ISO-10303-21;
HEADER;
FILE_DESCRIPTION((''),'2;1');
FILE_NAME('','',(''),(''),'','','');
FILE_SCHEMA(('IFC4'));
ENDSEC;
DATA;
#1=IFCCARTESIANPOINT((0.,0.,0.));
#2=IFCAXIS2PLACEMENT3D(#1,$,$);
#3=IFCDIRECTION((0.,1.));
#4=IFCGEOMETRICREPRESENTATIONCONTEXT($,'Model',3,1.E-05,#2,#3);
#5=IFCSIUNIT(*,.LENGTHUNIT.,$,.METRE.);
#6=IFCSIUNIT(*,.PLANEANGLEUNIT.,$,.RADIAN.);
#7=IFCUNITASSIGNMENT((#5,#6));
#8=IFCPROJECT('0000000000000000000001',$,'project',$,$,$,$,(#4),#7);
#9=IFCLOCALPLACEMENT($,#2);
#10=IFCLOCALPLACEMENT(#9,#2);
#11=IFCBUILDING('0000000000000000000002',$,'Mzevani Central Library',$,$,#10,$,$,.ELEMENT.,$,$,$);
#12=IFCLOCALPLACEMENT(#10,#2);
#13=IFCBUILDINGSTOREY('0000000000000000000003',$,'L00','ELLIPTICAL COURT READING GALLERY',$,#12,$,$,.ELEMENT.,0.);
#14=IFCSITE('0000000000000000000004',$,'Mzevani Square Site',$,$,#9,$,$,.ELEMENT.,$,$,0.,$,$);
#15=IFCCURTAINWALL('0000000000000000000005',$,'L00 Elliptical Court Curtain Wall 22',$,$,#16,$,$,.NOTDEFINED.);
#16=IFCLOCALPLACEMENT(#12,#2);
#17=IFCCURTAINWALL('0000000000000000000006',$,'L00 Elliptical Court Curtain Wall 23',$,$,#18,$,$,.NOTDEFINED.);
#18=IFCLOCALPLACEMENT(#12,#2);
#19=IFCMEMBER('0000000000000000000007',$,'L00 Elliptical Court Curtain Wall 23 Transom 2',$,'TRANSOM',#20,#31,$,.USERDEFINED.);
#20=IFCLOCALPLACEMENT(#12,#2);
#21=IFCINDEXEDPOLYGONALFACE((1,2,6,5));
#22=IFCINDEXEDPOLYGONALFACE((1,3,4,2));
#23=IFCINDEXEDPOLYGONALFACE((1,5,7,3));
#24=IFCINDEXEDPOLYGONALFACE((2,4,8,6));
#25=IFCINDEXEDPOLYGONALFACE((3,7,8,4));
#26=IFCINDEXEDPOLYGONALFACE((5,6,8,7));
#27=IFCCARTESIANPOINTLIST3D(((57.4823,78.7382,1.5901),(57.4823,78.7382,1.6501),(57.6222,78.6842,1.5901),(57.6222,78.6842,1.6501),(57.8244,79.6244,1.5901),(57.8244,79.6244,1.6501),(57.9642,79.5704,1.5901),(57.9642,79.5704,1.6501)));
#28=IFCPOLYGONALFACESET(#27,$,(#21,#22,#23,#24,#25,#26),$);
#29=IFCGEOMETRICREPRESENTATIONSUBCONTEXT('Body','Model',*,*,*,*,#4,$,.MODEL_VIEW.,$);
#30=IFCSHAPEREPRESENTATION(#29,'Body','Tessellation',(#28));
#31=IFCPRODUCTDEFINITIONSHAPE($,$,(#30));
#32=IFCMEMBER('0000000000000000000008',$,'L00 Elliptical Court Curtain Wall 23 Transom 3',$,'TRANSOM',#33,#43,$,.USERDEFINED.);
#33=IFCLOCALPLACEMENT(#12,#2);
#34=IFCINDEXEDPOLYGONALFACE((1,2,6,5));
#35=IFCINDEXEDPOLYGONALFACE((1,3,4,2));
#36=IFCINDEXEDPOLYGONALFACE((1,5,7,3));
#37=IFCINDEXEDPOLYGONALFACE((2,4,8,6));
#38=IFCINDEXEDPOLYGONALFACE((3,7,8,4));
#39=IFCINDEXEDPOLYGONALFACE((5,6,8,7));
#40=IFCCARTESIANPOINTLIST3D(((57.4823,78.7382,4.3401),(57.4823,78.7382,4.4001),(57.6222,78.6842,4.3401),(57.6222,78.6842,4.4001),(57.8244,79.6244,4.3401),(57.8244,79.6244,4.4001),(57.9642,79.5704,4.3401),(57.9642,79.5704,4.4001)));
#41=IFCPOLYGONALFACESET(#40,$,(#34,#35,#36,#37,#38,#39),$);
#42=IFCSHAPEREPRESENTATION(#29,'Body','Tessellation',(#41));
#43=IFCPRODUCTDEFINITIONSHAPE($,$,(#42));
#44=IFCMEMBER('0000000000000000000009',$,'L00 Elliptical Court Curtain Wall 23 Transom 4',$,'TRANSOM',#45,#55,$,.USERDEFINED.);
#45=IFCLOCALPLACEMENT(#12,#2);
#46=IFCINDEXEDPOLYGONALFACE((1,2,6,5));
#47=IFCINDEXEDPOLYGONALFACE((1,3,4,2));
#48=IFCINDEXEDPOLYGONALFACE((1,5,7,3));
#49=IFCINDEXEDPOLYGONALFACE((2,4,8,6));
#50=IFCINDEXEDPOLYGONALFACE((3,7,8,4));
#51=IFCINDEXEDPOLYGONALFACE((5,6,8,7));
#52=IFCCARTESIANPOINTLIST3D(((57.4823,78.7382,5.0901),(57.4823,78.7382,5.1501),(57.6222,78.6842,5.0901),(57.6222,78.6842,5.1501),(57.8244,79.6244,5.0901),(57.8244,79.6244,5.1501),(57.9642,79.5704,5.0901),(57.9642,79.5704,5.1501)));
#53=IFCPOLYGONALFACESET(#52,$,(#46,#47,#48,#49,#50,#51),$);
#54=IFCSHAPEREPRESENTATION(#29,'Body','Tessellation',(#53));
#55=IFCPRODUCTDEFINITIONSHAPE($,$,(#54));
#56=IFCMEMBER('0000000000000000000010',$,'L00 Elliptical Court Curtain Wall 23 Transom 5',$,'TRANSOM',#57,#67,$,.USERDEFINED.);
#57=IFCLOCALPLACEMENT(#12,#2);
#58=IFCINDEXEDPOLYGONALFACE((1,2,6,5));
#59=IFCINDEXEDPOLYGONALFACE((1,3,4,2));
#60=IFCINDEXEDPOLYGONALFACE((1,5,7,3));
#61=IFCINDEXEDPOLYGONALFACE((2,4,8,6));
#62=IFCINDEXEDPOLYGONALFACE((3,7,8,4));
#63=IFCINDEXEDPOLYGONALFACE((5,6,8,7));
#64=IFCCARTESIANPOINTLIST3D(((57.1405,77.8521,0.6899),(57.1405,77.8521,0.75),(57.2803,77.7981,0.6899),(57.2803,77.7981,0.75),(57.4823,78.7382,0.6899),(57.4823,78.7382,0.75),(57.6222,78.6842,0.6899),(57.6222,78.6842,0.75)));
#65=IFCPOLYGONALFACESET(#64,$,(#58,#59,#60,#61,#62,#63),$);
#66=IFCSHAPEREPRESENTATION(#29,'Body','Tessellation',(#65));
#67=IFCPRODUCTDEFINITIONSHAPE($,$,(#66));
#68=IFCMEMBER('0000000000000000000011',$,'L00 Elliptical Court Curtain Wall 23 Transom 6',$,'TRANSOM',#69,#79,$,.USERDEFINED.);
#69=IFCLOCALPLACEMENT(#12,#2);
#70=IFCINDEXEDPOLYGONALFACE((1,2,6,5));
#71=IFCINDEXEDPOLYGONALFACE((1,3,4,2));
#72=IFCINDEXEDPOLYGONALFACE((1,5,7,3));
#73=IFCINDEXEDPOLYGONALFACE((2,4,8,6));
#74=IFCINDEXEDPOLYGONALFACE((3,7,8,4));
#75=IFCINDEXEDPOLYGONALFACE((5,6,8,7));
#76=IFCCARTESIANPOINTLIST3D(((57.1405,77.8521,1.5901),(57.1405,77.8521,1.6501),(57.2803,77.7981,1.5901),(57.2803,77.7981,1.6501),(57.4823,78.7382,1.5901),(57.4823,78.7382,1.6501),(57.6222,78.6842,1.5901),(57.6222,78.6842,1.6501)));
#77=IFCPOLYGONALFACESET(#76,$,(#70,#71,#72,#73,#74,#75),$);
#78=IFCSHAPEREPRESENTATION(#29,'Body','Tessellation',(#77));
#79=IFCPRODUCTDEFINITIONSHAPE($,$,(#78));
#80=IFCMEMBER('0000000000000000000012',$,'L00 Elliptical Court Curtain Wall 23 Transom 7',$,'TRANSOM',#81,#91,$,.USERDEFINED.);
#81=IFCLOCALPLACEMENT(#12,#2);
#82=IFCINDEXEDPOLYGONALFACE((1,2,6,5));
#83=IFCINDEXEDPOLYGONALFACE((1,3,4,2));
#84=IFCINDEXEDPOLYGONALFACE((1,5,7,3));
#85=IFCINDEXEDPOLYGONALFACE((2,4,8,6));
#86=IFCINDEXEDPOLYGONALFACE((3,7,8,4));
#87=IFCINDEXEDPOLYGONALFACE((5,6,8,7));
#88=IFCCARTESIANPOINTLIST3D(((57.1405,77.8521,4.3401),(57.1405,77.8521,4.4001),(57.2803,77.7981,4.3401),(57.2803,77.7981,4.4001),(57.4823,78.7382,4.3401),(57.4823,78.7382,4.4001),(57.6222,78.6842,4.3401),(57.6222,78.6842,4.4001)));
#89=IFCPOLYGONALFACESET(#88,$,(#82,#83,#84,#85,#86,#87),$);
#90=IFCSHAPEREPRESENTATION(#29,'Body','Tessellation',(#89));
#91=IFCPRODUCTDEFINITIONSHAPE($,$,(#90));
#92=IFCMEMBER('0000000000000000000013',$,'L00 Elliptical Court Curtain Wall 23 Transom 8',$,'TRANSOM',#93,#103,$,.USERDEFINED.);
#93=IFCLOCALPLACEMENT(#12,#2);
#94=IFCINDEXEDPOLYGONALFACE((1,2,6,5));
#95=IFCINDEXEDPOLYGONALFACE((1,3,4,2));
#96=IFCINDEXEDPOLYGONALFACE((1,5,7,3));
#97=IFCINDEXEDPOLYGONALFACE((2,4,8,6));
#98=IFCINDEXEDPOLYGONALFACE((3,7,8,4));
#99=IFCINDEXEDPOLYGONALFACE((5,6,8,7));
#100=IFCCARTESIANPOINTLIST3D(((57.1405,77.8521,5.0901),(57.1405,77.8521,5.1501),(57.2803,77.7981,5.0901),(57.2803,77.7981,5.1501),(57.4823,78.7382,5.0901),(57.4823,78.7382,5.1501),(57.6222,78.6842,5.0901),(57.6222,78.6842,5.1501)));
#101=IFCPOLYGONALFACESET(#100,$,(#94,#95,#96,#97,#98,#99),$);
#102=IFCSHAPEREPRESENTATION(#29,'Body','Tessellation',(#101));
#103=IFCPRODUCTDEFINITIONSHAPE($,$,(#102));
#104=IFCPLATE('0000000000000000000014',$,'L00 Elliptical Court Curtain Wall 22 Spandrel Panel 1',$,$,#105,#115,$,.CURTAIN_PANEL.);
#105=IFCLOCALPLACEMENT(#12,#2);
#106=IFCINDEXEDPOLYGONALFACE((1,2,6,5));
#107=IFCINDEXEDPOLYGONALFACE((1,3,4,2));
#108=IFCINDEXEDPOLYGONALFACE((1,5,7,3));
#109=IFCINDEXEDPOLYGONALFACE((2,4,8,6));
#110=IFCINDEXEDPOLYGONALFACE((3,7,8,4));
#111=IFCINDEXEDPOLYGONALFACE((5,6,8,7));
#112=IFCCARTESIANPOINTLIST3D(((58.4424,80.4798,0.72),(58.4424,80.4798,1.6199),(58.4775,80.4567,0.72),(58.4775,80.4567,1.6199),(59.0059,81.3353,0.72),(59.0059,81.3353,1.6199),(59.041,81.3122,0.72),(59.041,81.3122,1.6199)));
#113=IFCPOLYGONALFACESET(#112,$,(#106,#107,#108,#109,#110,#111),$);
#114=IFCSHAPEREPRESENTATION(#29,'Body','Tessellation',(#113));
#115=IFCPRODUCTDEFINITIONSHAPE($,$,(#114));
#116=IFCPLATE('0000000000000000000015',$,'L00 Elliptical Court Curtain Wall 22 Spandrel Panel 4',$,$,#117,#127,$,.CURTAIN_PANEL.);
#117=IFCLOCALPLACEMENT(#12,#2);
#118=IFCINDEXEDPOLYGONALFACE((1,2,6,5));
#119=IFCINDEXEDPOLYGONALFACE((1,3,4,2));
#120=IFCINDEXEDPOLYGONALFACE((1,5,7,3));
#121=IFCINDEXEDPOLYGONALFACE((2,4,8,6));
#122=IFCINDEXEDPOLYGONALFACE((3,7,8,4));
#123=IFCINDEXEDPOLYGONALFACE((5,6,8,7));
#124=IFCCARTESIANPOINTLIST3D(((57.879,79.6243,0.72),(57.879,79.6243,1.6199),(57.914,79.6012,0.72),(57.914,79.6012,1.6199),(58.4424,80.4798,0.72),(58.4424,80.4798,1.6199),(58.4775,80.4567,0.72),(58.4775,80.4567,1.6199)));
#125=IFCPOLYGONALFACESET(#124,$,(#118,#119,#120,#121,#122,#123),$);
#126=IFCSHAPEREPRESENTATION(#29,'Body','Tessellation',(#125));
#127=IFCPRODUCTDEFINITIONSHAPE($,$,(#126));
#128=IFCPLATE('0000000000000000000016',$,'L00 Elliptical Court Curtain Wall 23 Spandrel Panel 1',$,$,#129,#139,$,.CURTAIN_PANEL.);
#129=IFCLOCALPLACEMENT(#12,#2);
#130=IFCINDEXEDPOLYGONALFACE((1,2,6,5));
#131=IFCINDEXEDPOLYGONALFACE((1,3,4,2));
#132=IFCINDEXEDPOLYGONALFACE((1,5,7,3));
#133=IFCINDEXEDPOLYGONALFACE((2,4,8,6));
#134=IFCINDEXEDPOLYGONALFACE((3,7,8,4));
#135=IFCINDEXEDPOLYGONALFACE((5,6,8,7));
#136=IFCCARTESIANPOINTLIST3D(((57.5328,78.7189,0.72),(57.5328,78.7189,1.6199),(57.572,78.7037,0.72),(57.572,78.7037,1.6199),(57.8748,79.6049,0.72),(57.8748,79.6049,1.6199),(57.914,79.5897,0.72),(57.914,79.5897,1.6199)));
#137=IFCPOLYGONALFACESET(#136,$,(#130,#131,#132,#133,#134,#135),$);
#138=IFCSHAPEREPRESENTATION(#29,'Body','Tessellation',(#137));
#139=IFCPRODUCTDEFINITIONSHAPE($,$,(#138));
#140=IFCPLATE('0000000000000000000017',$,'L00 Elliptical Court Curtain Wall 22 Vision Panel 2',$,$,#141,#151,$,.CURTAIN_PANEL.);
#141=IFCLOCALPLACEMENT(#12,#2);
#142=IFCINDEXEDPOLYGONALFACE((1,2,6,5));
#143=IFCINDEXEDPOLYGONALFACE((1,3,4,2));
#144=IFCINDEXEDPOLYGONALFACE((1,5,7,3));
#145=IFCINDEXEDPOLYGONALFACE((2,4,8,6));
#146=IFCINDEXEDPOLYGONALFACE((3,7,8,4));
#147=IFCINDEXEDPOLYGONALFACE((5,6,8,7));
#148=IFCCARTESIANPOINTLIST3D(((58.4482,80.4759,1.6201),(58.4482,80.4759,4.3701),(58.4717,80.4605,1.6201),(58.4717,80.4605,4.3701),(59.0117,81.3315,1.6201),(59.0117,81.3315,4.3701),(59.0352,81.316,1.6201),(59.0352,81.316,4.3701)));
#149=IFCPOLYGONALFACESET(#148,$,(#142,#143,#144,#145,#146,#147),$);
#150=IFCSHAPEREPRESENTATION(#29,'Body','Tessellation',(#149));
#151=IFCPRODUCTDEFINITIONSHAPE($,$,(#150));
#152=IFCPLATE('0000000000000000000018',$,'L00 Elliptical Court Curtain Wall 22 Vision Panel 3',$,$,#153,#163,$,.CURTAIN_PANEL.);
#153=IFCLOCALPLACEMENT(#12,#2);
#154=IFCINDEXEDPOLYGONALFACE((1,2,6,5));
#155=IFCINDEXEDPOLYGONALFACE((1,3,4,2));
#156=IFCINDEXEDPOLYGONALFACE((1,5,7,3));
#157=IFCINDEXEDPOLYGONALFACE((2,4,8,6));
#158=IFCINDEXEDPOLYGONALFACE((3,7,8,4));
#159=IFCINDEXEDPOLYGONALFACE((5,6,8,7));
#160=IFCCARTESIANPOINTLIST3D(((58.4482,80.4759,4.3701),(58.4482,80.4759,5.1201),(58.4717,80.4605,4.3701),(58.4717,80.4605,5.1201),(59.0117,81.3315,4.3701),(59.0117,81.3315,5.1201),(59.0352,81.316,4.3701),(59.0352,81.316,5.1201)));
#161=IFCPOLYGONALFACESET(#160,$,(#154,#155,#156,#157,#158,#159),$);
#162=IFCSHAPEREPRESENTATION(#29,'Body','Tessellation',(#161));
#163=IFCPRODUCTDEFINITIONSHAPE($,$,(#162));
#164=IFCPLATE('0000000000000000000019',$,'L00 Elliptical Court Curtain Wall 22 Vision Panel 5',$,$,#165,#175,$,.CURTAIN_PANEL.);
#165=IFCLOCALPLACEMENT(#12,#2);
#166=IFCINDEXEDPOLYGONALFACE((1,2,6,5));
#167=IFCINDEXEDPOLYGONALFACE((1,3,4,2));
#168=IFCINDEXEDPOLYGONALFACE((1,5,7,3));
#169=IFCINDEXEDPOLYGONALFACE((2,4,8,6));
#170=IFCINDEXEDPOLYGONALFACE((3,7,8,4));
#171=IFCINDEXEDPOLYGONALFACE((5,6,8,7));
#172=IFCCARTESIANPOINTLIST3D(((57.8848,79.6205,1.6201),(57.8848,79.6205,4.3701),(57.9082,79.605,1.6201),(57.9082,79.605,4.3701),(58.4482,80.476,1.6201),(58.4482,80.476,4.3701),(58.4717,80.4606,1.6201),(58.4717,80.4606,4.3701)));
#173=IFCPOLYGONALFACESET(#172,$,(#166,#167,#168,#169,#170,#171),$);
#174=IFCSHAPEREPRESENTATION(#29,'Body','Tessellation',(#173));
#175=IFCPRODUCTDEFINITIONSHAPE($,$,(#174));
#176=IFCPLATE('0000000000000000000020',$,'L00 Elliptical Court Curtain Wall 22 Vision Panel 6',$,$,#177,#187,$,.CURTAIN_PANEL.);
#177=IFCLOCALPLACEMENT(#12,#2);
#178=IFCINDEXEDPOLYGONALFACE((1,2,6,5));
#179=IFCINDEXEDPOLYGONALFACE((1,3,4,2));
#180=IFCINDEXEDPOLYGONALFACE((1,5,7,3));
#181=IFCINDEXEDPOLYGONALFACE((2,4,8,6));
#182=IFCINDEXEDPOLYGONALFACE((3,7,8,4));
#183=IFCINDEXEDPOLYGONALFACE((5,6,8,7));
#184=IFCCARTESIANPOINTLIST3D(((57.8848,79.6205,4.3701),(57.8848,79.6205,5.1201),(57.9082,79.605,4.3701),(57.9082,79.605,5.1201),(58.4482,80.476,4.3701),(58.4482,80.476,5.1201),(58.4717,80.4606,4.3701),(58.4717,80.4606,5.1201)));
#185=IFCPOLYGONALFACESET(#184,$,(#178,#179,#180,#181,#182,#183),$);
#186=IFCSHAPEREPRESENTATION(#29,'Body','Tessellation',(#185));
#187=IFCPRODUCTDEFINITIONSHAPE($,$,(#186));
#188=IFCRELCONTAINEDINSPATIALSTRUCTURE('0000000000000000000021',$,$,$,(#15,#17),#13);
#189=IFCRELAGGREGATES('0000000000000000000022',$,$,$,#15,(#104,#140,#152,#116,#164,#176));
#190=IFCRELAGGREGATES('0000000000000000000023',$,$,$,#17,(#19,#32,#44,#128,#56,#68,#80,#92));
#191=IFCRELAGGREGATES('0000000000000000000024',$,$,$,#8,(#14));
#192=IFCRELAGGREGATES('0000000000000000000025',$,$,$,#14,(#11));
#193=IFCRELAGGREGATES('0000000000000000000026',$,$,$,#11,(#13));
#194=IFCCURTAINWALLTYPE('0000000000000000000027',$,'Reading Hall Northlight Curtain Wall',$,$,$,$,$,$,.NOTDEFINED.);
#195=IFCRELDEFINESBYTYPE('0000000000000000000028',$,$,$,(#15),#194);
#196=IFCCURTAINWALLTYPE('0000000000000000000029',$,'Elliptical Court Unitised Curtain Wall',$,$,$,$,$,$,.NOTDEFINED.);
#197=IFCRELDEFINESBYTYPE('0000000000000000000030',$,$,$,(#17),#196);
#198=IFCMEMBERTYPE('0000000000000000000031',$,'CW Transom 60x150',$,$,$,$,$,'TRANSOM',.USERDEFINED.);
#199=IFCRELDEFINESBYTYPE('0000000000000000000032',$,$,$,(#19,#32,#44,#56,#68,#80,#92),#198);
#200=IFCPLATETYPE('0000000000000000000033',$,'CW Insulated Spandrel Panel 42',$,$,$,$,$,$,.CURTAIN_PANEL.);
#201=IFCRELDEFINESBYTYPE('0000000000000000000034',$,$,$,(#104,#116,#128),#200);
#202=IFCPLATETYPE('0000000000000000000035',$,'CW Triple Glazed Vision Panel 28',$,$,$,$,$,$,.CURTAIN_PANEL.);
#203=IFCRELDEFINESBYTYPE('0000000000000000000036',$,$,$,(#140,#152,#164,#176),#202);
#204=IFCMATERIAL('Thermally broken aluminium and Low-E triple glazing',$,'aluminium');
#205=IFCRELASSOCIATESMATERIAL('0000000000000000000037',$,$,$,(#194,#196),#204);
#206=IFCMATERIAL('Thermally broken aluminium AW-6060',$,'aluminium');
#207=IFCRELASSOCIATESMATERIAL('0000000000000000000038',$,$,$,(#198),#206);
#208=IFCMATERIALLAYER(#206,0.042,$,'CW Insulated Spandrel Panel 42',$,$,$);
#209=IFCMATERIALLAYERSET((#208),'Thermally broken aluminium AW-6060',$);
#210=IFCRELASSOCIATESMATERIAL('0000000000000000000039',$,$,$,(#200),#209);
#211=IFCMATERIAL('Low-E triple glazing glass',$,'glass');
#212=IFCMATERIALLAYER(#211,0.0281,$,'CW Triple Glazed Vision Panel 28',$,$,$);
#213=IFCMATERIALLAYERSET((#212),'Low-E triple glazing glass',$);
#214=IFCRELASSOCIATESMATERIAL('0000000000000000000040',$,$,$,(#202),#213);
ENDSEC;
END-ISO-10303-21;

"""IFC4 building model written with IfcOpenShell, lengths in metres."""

from ifc_helpers import new_model, si_unit, direction, frame, origin, origin_2d, place, context, subcontext, project, spatial, rectangle, extrude, material, layer, layer_set, material_profile, profile_set, type_object, element, aggregate, save


model = new_model("IFC4")

# Units and contexts
model_context = context("Model", 3, precision=1e-05, world=origin(), true_north=direction((0.0, 1.0)))
body_context = subcontext(model_context, "Body", "Model", "MODEL_VIEW")
ifc_project = project(units=[si_unit("LENGTHUNIT", "METRE"), si_unit("PLANEANGLEUNIT", "RADIAN")], contexts=[model_context])

# Site, building, storey
site_placement = place(None, origin())
site = spatial("IfcSite", under=ifc_project, at=site_placement, Name="Mzevani Square Site", CompositionType="ELEMENT", RefElevation=0.0)
building_placement = place(site_placement, origin())
building = spatial("IfcBuilding", under=site, at=building_placement, Name="Mzevani Central Library", CompositionType="ELEMENT")
storey_placement = place(building_placement, origin())
storey = spatial("IfcBuildingStorey", under=building, at=storey_placement, Name="L00", Description="ELLIPTICAL COURT READING GALLERY", CompositionType="ELEMENT", Elevation=0.0)

# Curtain walls
ifc_material_1 = material(Name="Thermally broken aluminium and Low-E triple glazing", Category="aluminium")
curtain_wall_type_1 = type_object("IfcCurtainWallType", Name="Reading Hall Northlight Curtain Wall", PredefinedType="NOTDEFINED", material=ifc_material_1)
curtain_wall_1_placement = place(storey_placement, origin())
curtain_wall_1 = element("IfcCurtainWall", 1, at=curtain_wall_1_placement, inside=storey, type_object=curtain_wall_type_1, Name="L00 Elliptical Court Curtain Wall 22", PredefinedType="NOTDEFINED")
ifc_material_2 = material(Name="Thermally broken aluminium AW-6060", Category="aluminium")
curtain_wall_type_2 = type_object("IfcCurtainWallType", Name="Elliptical Court Unitised Curtain Wall", PredefinedType="NOTDEFINED", material=ifc_material_1)
curtain_wall_2_placement = place(storey_placement, origin())
curtain_wall_2 = element("IfcCurtainWall", 2, at=curtain_wall_2_placement, inside=storey, type_object=curtain_wall_type_2, Name="L00 Elliptical Court Curtain Wall 23", PredefinedType="NOTDEFINED")

# Members
ifc_material_profile_1 = material_profile(ifc_material_2, rectangle(XDim=0.1499, YDim=0.0601, at=origin_2d()), Name="ALU T60x150")
ifc_profile_set_1 = profile_set([ifc_material_profile_1], Name="Thermally broken aluminium AW-6060")
member_type_1 = type_object("IfcMemberType", Name="CW Transom 60x150", ElementType="TRANSOM", PredefinedType="USERDEFINED", material=ifc_profile_set_1)
member_1_placement = place(storey_placement, frame((57.8943, 79.5974, 1.6201), z_axis=(-0.360064, -0.932928, 0.0), x_axis=(0.932928, -0.360064, 0.0)))
member_1 = element("IfcMember", 3, at=member_1_placement, type_object=member_type_1, Name="L00 Elliptical Court Curtain Wall 23 Transom 2", ObjectType="TRANSOM", PredefinedType="USERDEFINED", context=body_context, shape_type="SweptSolid", body=[
    extrude(rectangle(XDim=0.1499, YDim=0.0601, at=origin_2d()), origin(), (0.0, 0.0, 1.0), 0.95),
])
member_2_placement = place(storey_placement, frame((57.8943, 79.5974, 4.3701), z_axis=(-0.360064, -0.932928, 0.0), x_axis=(0.932928, -0.360064, 0.0)))
member_2 = element("IfcMember", 4, at=member_2_placement, type_object=member_type_1, Name="L00 Elliptical Court Curtain Wall 23 Transom 3", ObjectType="TRANSOM", PredefinedType="USERDEFINED", context=body_context, shape_type="SweptSolid", body=[
    extrude(rectangle(XDim=0.1499, YDim=0.0601, at=origin_2d()), origin(), (0.0, 0.0, 1.0), 0.95),
])
member_3_placement = place(storey_placement, frame((57.8943, 79.5974, 5.1201), z_axis=(-0.360064, -0.932928, 0.0), x_axis=(0.932928, -0.360064, 0.0)))
member_3 = element("IfcMember", 5, at=member_3_placement, type_object=member_type_1, Name="L00 Elliptical Court Curtain Wall 23 Transom 4", ObjectType="TRANSOM", PredefinedType="USERDEFINED", context=body_context, shape_type="SweptSolid", body=[
    extrude(rectangle(XDim=0.1499, YDim=0.0601, at=origin_2d()), origin(), (0.0, 0.0, 1.0), 0.95),
])
member_4_placement = place(storey_placement, frame((57.5522, 78.7112, 0.72), z_axis=(-0.359926, -0.932981, 0.0), x_axis=(0.932981, -0.359926, 0.0)))
member_4 = element("IfcMember", 6, at=member_4_placement, type_object=member_type_1, Name="L00 Elliptical Court Curtain Wall 23 Transom 5", ObjectType="TRANSOM", PredefinedType="USERDEFINED", context=body_context, shape_type="SweptSolid", body=[
    extrude(rectangle(XDim=0.1499, YDim=0.0601, at=origin_2d()), origin(), (0.0, 0.0, 1.0), 0.9497),
])
member_5_placement = place(storey_placement, frame((57.5522, 78.7112, 1.6201), z_axis=(-0.359926, -0.932981, 0.0), x_axis=(0.932981, -0.359926, 0.0)))
member_5 = element("IfcMember", 7, at=member_5_placement, type_object=member_type_1, Name="L00 Elliptical Court Curtain Wall 23 Transom 6", ObjectType="TRANSOM", PredefinedType="USERDEFINED", context=body_context, shape_type="SweptSolid", body=[
    extrude(rectangle(XDim=0.1499, YDim=0.0601, at=origin_2d()), origin(), (0.0, 0.0, 1.0), 0.9497),
])
member_6_placement = place(storey_placement, frame((57.5522, 78.7112, 4.3701), z_axis=(-0.359926, -0.932981, 0.0), x_axis=(0.932981, -0.359926, 0.0)))
member_6 = element("IfcMember", 8, at=member_6_placement, type_object=member_type_1, Name="L00 Elliptical Court Curtain Wall 23 Transom 7", ObjectType="TRANSOM", PredefinedType="USERDEFINED", context=body_context, shape_type="SweptSolid", body=[
    extrude(rectangle(XDim=0.1499, YDim=0.0601, at=origin_2d()), origin(), (0.0, 0.0, 1.0), 0.9497),
])
member_7_placement = place(storey_placement, frame((57.5522, 78.7112, 5.1201), z_axis=(-0.359926, -0.932981, 0.0), x_axis=(0.932981, -0.359926, 0.0)))
member_7 = element("IfcMember", 9, at=member_7_placement, type_object=member_type_1, Name="L00 Elliptical Court Curtain Wall 23 Transom 8", ObjectType="TRANSOM", PredefinedType="USERDEFINED", context=body_context, shape_type="SweptSolid", body=[
    extrude(rectangle(XDim=0.1499, YDim=0.0601, at=origin_2d()), origin(), (0.0, 0.0, 1.0), 0.9497),
])

# Plates
ifc_layer_1 = layer(ifc_material_2, 0.042, Name="CW Insulated Spandrel Panel 42")
ifc_layer_set_1 = layer_set([ifc_layer_1], Name="Thermally broken aluminium AW-6060")
plate_type_1 = type_object("IfcPlateType", Name="CW Insulated Spandrel Panel 42", PredefinedType="CURTAIN_PANEL", material=ifc_layer_set_1)
plate_1_placement = place(storey_placement, frame((58.7417, 80.896, 0.72), z_axis=(0.0, 0.0, 1.0), x_axis=(-0.550028, -0.835147, 0.0)))
plate_1 = element("IfcPlate", 10, at=plate_1_placement, type_object=plate_type_1, Name="L00 Elliptical Court Curtain Wall 22 Spandrel Panel 1", PredefinedType="CURTAIN_PANEL", context=body_context, shape_type="SweptSolid", body=[
    extrude(rectangle(XDim=1.0244, YDim=0.042, at=origin_2d()), origin(), (0.0, 0.0, 1.0), 0.8999),
])
plate_2_placement = place(storey_placement, frame((58.1782, 80.0405, 0.72), z_axis=(0.0, 0.0, 1.0), x_axis=(-0.550028, -0.835147, 0.0)))
plate_2 = element("IfcPlate", 11, at=plate_2_placement, type_object=plate_type_1, Name="L00 Elliptical Court Curtain Wall 22 Spandrel Panel 4", PredefinedType="CURTAIN_PANEL", context=body_context, shape_type="SweptSolid", body=[
    extrude(rectangle(XDim=1.0244, YDim=0.042, at=origin_2d()), origin(), (0.0, 0.0, 1.0), 0.8999),
])
plate_3_placement = place(storey_placement, frame((57.7234, 79.1543, 0.72), z_axis=(0.0, 0.0, 1.0), x_axis=(-0.360062, -0.932928, 0.0)))
plate_3 = element("IfcPlate", 12, at=plate_3_placement, type_object=plate_type_1, Name="L00 Elliptical Court Curtain Wall 23 Spandrel Panel 1", PredefinedType="CURTAIN_PANEL", context=body_context, shape_type="SweptSolid", body=[
    extrude(rectangle(XDim=0.9497, YDim=0.042, at=origin_2d()), origin(), (0.0, 0.0, 1.0), 0.8999),
])
ifc_material_3 = material(Name="Low-E triple glazing glass", Category="glass")
ifc_layer_2 = layer(ifc_material_3, 0.0281, Name="CW Triple Glazed Vision Panel 28")
ifc_layer_set_2 = layer_set([ifc_layer_2], Name="Low-E triple glazing glass")
plate_type_2 = type_object("IfcPlateType", Name="CW Triple Glazed Vision Panel 28", PredefinedType="CURTAIN_PANEL", material=ifc_layer_set_2)
plate_4_placement = place(storey_placement, frame((58.7417, 80.896, 1.6201), z_axis=(0.0, 0.0, 1.0), x_axis=(-0.550028, -0.835147, 0.0)))
plate_4 = element("IfcPlate", 13, at=plate_4_placement, type_object=plate_type_2, Name="L00 Elliptical Court Curtain Wall 22 Vision Panel 2", PredefinedType="CURTAIN_PANEL", context=body_context, shape_type="SweptSolid", body=[
    extrude(rectangle(XDim=1.0244, YDim=0.0281, at=origin_2d()), origin(), (0.0, 0.0, 1.0), 2.75),
])
plate_5_placement = place(storey_placement, frame((58.7417, 80.896, 4.3701), z_axis=(0.0, 0.0, 1.0), x_axis=(-0.550028, -0.835147, 0.0)))
plate_5 = element("IfcPlate", 14, at=plate_5_placement, type_object=plate_type_2, Name="L00 Elliptical Court Curtain Wall 22 Vision Panel 3", PredefinedType="CURTAIN_PANEL", context=body_context, shape_type="SweptSolid", body=[
    extrude(rectangle(XDim=1.0244, YDim=0.0281, at=origin_2d()), origin(), (0.0, 0.0, 1.0), 0.75),
])
plate_6_placement = place(storey_placement, frame((58.1782, 80.0405, 1.6201), z_axis=(0.0, 0.0, 1.0), x_axis=(-0.550028, -0.835147, 0.0)))
plate_6 = element("IfcPlate", 15, at=plate_6_placement, type_object=plate_type_2, Name="L00 Elliptical Court Curtain Wall 22 Vision Panel 5", PredefinedType="CURTAIN_PANEL", context=body_context, shape_type="SweptSolid", body=[
    extrude(rectangle(XDim=1.0244, YDim=0.0281, at=origin_2d()), origin(), (0.0, 0.0, 1.0), 2.75),
])
plate_7_placement = place(storey_placement, frame((58.1782, 80.0405, 4.3701), z_axis=(0.0, 0.0, 1.0), x_axis=(-0.550028, -0.835147, 0.0)))
plate_7 = element("IfcPlate", 16, at=plate_7_placement, type_object=plate_type_2, Name="L00 Elliptical Court Curtain Wall 22 Vision Panel 6", PredefinedType="CURTAIN_PANEL", context=body_context, shape_type="SweptSolid", body=[
    extrude(rectangle(XDim=1.0244, YDim=0.0281, at=origin_2d()), origin(), (0.0, 0.0, 1.0), 0.75),
])
aggregate(curtain_wall_1, [plate_1, plate_4, plate_5, plate_2, plate_6, plate_7])
aggregate(curtain_wall_2, [member_1, member_2, member_3, plate_3, member_4, member_5, member_6, member_7])

save(model, "model.ifc")
